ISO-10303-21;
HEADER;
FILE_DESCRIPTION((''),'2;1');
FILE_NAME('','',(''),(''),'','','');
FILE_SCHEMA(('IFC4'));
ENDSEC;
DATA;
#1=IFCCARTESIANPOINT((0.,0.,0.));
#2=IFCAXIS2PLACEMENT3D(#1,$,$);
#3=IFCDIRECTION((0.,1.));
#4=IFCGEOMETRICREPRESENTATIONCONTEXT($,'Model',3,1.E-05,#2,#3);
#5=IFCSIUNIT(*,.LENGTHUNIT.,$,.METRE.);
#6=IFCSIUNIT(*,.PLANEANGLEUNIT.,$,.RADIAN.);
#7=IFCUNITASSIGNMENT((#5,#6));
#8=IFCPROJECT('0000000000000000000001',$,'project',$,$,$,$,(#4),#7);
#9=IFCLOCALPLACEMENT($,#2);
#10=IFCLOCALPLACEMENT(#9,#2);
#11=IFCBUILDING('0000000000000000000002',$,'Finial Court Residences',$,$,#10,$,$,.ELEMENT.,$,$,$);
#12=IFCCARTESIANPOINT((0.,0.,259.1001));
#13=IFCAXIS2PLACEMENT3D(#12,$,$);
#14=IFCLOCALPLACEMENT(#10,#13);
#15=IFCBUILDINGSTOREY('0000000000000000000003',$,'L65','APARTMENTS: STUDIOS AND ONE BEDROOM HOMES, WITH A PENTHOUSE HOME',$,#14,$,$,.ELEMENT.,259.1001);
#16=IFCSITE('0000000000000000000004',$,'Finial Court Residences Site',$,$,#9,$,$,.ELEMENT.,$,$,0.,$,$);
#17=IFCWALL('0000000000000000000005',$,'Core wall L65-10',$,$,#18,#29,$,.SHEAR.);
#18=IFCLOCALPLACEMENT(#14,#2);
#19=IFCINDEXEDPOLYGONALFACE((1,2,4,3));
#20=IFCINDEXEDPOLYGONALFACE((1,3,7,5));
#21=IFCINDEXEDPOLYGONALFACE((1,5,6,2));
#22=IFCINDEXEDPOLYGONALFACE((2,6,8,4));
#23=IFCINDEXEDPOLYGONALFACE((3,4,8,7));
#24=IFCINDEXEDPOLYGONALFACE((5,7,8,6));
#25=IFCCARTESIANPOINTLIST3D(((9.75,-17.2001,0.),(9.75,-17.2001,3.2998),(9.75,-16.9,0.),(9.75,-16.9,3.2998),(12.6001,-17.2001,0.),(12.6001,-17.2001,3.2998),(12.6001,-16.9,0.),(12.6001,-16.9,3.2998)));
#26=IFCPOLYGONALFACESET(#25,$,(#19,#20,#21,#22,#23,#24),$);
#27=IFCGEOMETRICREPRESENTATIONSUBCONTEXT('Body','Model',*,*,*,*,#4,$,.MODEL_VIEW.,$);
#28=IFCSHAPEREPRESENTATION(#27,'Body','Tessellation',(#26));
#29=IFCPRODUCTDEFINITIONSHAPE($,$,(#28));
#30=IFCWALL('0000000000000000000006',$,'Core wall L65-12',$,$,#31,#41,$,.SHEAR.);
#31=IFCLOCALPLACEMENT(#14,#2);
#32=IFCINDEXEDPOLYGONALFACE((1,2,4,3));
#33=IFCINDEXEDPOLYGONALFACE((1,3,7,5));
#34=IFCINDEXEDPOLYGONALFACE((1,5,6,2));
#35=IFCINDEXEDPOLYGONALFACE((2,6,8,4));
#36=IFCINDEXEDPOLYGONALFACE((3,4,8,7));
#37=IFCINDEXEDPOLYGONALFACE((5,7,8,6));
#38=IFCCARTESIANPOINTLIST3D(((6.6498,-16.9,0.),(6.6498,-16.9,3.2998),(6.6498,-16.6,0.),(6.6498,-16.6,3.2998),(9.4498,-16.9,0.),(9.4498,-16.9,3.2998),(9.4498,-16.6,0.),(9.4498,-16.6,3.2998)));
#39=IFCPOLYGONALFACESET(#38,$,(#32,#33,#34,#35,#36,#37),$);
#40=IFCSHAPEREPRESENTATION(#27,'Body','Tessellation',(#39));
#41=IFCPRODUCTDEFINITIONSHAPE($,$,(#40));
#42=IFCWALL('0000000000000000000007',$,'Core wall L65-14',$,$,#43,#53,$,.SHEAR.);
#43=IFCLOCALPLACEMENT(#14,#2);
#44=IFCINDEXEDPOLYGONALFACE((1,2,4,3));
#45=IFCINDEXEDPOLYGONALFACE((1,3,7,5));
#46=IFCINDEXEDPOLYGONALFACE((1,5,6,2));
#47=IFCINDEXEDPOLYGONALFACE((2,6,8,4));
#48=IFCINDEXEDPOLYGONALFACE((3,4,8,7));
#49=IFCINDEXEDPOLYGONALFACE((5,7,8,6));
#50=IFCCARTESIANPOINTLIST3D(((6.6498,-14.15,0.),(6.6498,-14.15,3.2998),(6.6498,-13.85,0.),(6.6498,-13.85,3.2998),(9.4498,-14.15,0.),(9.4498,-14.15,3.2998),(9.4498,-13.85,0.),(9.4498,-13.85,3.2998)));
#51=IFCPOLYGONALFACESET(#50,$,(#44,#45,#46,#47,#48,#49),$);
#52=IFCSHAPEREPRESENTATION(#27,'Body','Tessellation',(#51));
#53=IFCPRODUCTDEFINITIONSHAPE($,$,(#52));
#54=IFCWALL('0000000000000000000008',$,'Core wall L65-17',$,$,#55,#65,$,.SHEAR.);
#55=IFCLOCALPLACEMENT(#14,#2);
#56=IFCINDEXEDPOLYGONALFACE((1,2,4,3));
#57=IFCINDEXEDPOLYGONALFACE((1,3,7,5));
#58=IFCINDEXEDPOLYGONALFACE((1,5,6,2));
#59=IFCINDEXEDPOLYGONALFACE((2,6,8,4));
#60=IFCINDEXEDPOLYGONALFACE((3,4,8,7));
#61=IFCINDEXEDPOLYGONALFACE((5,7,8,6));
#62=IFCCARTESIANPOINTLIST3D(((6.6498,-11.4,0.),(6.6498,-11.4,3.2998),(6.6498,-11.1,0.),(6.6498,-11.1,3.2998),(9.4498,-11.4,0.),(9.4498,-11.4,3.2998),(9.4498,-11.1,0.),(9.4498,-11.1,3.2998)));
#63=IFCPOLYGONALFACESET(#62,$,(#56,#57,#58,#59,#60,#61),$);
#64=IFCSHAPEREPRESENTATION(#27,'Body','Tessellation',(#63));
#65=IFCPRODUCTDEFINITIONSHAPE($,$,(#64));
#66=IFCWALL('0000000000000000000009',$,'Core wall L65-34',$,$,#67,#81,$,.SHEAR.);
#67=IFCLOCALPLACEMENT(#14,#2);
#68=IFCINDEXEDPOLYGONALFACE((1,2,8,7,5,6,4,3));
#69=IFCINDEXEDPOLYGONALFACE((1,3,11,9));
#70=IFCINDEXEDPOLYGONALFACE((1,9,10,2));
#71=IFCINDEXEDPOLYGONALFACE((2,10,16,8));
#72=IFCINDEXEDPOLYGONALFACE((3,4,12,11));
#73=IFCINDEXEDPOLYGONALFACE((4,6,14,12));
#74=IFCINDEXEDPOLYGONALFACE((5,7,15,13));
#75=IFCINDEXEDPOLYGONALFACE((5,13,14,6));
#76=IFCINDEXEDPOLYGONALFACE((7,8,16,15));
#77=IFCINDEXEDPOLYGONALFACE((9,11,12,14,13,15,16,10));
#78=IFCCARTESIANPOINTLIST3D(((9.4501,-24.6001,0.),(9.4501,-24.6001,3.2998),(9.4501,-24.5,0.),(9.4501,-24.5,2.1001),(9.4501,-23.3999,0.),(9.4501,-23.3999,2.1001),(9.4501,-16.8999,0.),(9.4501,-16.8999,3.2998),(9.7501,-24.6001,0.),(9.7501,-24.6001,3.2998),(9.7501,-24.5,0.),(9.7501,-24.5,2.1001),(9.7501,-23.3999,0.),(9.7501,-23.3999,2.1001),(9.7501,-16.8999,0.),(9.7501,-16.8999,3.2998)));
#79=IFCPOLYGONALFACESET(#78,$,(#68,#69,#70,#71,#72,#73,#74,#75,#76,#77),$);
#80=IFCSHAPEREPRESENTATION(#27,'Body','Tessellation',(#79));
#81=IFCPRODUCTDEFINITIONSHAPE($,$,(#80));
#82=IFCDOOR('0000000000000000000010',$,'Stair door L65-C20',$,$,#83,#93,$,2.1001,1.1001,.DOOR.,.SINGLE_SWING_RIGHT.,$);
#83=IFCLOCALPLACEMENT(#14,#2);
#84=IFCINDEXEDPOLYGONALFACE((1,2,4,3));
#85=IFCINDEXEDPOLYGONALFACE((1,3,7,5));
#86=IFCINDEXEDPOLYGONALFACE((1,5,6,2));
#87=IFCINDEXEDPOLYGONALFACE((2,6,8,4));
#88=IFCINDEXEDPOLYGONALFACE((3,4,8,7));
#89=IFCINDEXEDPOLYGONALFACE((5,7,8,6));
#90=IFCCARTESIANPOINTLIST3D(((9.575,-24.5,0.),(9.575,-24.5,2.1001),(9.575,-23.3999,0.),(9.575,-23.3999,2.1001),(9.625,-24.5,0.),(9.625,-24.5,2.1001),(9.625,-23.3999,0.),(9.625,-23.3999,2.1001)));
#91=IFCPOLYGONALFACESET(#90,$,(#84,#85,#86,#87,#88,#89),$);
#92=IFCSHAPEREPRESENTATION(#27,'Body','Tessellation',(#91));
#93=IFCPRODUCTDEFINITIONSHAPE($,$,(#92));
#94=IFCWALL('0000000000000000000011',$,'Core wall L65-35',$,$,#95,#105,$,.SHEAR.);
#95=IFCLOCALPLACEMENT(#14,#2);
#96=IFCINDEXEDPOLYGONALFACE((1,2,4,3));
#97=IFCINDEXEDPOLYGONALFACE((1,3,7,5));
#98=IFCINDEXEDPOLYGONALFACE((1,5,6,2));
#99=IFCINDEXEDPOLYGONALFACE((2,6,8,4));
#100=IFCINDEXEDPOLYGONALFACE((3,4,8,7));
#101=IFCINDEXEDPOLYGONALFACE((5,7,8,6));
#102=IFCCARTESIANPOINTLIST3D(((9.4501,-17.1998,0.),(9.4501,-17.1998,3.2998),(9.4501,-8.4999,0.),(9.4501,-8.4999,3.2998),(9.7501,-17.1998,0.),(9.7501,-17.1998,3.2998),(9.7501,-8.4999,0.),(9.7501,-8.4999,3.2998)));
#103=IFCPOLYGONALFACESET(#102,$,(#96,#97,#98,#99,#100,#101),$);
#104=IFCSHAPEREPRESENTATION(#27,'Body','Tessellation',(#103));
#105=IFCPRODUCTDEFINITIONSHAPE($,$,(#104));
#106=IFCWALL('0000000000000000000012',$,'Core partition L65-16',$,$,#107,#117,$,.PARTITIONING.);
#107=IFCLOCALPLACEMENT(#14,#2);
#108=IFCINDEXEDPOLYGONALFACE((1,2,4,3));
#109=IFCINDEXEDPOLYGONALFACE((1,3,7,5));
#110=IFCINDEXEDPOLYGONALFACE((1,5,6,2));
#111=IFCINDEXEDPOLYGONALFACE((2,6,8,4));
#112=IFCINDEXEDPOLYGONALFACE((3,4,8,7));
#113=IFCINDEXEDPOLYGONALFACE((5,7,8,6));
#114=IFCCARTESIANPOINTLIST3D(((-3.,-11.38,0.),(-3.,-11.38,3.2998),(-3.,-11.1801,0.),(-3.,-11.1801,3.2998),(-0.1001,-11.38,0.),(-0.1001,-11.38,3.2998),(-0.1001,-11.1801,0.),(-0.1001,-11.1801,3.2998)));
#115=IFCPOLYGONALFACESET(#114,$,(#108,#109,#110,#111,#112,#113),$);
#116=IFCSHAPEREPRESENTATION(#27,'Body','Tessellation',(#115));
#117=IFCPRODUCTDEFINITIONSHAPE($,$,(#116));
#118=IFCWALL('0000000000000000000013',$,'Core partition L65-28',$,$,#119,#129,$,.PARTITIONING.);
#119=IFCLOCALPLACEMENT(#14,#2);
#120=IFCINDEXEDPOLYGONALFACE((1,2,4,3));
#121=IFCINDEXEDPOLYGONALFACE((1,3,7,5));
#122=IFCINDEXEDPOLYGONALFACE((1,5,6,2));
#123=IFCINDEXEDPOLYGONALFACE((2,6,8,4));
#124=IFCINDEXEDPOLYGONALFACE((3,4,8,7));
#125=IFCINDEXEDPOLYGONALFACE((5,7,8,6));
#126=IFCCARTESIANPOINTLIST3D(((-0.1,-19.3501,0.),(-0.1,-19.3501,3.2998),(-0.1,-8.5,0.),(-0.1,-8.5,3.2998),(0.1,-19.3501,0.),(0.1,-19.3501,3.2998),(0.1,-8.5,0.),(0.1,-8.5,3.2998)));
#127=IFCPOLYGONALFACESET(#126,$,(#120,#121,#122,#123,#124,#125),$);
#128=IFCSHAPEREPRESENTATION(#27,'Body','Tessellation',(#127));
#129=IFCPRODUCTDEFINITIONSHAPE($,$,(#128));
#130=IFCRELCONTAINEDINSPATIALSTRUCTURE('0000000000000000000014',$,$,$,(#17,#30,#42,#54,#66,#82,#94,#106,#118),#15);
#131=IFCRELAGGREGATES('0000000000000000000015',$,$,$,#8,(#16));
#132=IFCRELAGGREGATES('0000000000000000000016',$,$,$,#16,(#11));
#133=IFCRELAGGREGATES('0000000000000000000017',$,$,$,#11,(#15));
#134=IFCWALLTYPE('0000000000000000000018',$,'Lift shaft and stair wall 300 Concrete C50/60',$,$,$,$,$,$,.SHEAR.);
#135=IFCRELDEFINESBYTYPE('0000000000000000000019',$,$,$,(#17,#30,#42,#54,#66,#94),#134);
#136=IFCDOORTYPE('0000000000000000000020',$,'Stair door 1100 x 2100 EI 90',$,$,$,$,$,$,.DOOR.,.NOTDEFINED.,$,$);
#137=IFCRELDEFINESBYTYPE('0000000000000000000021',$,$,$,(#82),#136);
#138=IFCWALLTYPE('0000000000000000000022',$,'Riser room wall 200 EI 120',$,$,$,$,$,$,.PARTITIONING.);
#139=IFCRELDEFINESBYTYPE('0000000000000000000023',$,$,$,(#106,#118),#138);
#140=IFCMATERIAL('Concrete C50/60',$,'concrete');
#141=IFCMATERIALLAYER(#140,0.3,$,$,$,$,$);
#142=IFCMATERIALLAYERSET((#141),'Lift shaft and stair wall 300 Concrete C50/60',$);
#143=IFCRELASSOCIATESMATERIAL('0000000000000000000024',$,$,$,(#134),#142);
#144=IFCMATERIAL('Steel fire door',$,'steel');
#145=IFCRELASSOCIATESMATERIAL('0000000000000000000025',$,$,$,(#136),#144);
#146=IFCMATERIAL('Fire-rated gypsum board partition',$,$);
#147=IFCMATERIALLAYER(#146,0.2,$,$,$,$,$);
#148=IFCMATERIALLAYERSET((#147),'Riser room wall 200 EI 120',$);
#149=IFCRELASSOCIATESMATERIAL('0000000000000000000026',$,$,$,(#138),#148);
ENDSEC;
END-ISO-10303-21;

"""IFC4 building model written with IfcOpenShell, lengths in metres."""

from ifc_helpers import new_model, si_unit, direction, frame, frame_2d, origin, place, context, subcontext, project, spatial, rectangle, extrude, material, layer, layer_set, type_object, element, fill, save


model = new_model("IFC4")

# Units and contexts
model_context = context("Model", 3, precision=1e-05, world=origin(), true_north=direction((0.0, 1.0)))
body_context = subcontext(model_context, "Body", "Model", "MODEL_VIEW")
ifc_project = project(units=[si_unit("LENGTHUNIT", "METRE"), si_unit("PLANEANGLEUNIT", "RADIAN")], contexts=[model_context])

# Site, building, storey
site_placement = place(None, origin())
site = spatial("IfcSite", under=ifc_project, at=site_placement, Name="Finial Court Residences Site", CompositionType="ELEMENT", RefElevation=0.0)
building_placement = place(site_placement, origin())
building = spatial("IfcBuilding", under=site, at=building_placement, Name="Finial Court Residences", CompositionType="ELEMENT")
storey_placement = place(building_placement, frame((0.0, 0.0, 259.1001)))
storey = spatial("IfcBuildingStorey", under=building, at=storey_placement, Name="L65", Description="APARTMENTS: STUDIOS AND ONE BEDROOM HOMES, WITH A PENTHOUSE HOME", CompositionType="ELEMENT", Elevation=259.1001)

# Shared definitions
ifc_material_1 = material(Name="Concrete C50/60", Category="concrete")

# Shared definitions
ifc_material_2 = material(Name="Fire-rated gypsum board partition")

# Shared definitions
ifc_material_3 = material(Name="Steel fire door", Category="steel")

# Walls
ifc_layer_1 = layer(ifc_material_1, 0.3)
ifc_layer_set_1 = layer_set([ifc_layer_1], Name="Lift shaft and stair wall 300 Concrete C50/60")
wall_type_1 = type_object("IfcWallType", Name="Lift shaft and stair wall 300 Concrete C50/60", PredefinedType="SHEAR", material=ifc_layer_set_1)
wall_1_placement = place(storey_placement, frame((9.75, -17.05, 0.0), z_axis=(0.0, 0.0, 1.0), x_axis=(1.0, 0.0, 0.0)))
element("IfcWall", 1, at=wall_1_placement, inside=storey, type_object=wall_type_1, Name="Core wall L65-10", PredefinedType="SHEAR", context=body_context, shape_type="SweptSolid", body=[
    extrude(rectangle(XDim=2.8501, YDim=0.3, at=frame_2d((1.425, 0.0))), origin(), (0.0, 0.0, 1.0), 3.2998),
])
for number, where, z_axis, x_axis, name in (
    (2, (6.6499, -16.75, 0.0), (0.0, 0.0, 1.0), (1.0, 0.0, 0.0), "Core wall L65-12"),
    (3, (6.6499, -14.0, 0.0), (0.0, 0.0, 1.0), (1.0, 0.0, 0.0), "Core wall L65-14"),
    (4, (6.6499, -11.25, 0.0), (0.0, 0.0, 1.0), (1.0, 0.0, 0.0), "Core wall L65-17"),
):
    element("IfcWall", number, at=place(storey_placement, frame(where, z_axis=z_axis, x_axis=x_axis)), inside=storey, type_object=wall_type_1, Name=name, PredefinedType="SHEAR", context=body_context, shape_type="SweptSolid", body=[
        extrude(rectangle(XDim=2.8, YDim=0.3, at=frame_2d((1.3999, 0.0))), origin(), (0.0, 0.0, 1.0), 3.2998),
    ])

# Wall, opening, door
wall_2_placement = place(storey_placement, frame((9.6001, -16.8999, 0.0), z_axis=(0.0, 0.0, 1.0), x_axis=(0.0, -1.0, 0.0)))
wall_2 = element("IfcWall", 5, at=wall_2_placement, inside=storey, type_object=wall_type_1, Name="Core wall L65-34", PredefinedType="SHEAR", context=body_context, shape_type="SweptSolid", body=[
    extrude(rectangle(XDim=7.7002, YDim=0.3, at=frame_2d((3.8501, 0.0))), origin(), (0.0, 0.0, 1.0), 3.2998),
])
opening_1_placement = place(wall_2_placement, frame((6.5, 0.0, 0.0)))
opening_1 = element("IfcOpeningElement", 6, at=opening_1_placement, cuts=wall_2, PredefinedType="OPENING", context=body_context, shape_type="SweptSolid", body=[
    extrude(rectangle(XDim=1.1001, YDim=2.1001, at=frame_2d((0.55, 1.05))), frame((0.0, 0.1599, 0.0), z_axis=(0.0, -1.0, 0.0), x_axis=(1.0, 0.0, 0.0)), (0.0, 0.0, 1.0), 0.3201),
])
door_type_1 = type_object("IfcDoorType", Name="Stair door 1100 x 2100 EI 90", OperationType="NOTDEFINED", PredefinedType="DOOR", material=ifc_material_3)
door_1_placement = place(opening_1_placement, origin())
door_1 = element("IfcDoor", 7, at=door_1_placement, inside=storey, type_object=door_type_1, Name="Stair door L65-C20", OperationType="SINGLE_SWING_RIGHT", OverallHeight=2.1001, OverallWidth=1.1001, PredefinedType="DOOR", context=body_context, shape_type="SweptSolid", body=[
    extrude(rectangle(XDim=1.1001, YDim=2.1001, at=frame_2d((0.55, 1.05))), frame((0.0, 0.0249, 0.0), z_axis=(0.0, -1.0, 0.0), x_axis=(1.0, 0.0, 0.0)), (0.0, 0.0, 1.0), 0.05),
])
fill(opening_1, door_1)

# Walls
wall_3_placement = place(storey_placement, frame((9.6001, -17.2, 0.0), z_axis=(0.0, 0.0, 1.0), x_axis=(0.0, 1.0, 0.0)))
element("IfcWall", 8, at=wall_3_placement, inside=storey, type_object=wall_type_1, Name="Core wall L65-35", PredefinedType="SHEAR", context=body_context, shape_type="SweptSolid", body=[
    extrude(rectangle(XDim=8.7, YDim=0.3, at=frame_2d((4.3501, 0.0))), origin(), (0.0, 0.0, 1.0), 3.2998),
])
ifc_layer_2 = layer(ifc_material_2, 0.2)
ifc_layer_set_2 = layer_set([ifc_layer_2], Name="Riser room wall 200 EI 120")
wall_type_2 = type_object("IfcWallType", Name="Riser room wall 200 EI 120", PredefinedType="PARTITIONING", material=ifc_layer_set_2)
wall_4_placement = place(storey_placement, frame((-3.0, -11.28, 0.0), z_axis=(0.0, 0.0, 1.0), x_axis=(1.0, 0.0, 0.0)))
element("IfcWall", 9, at=wall_4_placement, inside=storey, type_object=wall_type_2, Name="Core partition L65-16", PredefinedType="PARTITIONING", context=body_context, shape_type="SweptSolid", body=[
    extrude(rectangle(XDim=2.8999, YDim=0.2, at=frame_2d((1.45, 0.0))), origin(), (0.0, 0.0, 1.0), 3.2998),
])
wall_5_placement = place(storey_placement, frame((0.0, -19.3501, 0.0), z_axis=(0.0, 0.0, 1.0), x_axis=(0.0, 1.0, 0.0)))
element("IfcWall", 10, at=wall_5_placement, inside=storey, type_object=wall_type_2, Name="Core partition L65-28", PredefinedType="PARTITIONING", context=body_context, shape_type="SweptSolid", body=[
    extrude(rectangle(XDim=10.8501, YDim=0.2, at=frame_2d((5.425, 0.0))), origin(), (0.0, 0.0, 1.0), 3.2998),
])

save(model, "model.ifc")
